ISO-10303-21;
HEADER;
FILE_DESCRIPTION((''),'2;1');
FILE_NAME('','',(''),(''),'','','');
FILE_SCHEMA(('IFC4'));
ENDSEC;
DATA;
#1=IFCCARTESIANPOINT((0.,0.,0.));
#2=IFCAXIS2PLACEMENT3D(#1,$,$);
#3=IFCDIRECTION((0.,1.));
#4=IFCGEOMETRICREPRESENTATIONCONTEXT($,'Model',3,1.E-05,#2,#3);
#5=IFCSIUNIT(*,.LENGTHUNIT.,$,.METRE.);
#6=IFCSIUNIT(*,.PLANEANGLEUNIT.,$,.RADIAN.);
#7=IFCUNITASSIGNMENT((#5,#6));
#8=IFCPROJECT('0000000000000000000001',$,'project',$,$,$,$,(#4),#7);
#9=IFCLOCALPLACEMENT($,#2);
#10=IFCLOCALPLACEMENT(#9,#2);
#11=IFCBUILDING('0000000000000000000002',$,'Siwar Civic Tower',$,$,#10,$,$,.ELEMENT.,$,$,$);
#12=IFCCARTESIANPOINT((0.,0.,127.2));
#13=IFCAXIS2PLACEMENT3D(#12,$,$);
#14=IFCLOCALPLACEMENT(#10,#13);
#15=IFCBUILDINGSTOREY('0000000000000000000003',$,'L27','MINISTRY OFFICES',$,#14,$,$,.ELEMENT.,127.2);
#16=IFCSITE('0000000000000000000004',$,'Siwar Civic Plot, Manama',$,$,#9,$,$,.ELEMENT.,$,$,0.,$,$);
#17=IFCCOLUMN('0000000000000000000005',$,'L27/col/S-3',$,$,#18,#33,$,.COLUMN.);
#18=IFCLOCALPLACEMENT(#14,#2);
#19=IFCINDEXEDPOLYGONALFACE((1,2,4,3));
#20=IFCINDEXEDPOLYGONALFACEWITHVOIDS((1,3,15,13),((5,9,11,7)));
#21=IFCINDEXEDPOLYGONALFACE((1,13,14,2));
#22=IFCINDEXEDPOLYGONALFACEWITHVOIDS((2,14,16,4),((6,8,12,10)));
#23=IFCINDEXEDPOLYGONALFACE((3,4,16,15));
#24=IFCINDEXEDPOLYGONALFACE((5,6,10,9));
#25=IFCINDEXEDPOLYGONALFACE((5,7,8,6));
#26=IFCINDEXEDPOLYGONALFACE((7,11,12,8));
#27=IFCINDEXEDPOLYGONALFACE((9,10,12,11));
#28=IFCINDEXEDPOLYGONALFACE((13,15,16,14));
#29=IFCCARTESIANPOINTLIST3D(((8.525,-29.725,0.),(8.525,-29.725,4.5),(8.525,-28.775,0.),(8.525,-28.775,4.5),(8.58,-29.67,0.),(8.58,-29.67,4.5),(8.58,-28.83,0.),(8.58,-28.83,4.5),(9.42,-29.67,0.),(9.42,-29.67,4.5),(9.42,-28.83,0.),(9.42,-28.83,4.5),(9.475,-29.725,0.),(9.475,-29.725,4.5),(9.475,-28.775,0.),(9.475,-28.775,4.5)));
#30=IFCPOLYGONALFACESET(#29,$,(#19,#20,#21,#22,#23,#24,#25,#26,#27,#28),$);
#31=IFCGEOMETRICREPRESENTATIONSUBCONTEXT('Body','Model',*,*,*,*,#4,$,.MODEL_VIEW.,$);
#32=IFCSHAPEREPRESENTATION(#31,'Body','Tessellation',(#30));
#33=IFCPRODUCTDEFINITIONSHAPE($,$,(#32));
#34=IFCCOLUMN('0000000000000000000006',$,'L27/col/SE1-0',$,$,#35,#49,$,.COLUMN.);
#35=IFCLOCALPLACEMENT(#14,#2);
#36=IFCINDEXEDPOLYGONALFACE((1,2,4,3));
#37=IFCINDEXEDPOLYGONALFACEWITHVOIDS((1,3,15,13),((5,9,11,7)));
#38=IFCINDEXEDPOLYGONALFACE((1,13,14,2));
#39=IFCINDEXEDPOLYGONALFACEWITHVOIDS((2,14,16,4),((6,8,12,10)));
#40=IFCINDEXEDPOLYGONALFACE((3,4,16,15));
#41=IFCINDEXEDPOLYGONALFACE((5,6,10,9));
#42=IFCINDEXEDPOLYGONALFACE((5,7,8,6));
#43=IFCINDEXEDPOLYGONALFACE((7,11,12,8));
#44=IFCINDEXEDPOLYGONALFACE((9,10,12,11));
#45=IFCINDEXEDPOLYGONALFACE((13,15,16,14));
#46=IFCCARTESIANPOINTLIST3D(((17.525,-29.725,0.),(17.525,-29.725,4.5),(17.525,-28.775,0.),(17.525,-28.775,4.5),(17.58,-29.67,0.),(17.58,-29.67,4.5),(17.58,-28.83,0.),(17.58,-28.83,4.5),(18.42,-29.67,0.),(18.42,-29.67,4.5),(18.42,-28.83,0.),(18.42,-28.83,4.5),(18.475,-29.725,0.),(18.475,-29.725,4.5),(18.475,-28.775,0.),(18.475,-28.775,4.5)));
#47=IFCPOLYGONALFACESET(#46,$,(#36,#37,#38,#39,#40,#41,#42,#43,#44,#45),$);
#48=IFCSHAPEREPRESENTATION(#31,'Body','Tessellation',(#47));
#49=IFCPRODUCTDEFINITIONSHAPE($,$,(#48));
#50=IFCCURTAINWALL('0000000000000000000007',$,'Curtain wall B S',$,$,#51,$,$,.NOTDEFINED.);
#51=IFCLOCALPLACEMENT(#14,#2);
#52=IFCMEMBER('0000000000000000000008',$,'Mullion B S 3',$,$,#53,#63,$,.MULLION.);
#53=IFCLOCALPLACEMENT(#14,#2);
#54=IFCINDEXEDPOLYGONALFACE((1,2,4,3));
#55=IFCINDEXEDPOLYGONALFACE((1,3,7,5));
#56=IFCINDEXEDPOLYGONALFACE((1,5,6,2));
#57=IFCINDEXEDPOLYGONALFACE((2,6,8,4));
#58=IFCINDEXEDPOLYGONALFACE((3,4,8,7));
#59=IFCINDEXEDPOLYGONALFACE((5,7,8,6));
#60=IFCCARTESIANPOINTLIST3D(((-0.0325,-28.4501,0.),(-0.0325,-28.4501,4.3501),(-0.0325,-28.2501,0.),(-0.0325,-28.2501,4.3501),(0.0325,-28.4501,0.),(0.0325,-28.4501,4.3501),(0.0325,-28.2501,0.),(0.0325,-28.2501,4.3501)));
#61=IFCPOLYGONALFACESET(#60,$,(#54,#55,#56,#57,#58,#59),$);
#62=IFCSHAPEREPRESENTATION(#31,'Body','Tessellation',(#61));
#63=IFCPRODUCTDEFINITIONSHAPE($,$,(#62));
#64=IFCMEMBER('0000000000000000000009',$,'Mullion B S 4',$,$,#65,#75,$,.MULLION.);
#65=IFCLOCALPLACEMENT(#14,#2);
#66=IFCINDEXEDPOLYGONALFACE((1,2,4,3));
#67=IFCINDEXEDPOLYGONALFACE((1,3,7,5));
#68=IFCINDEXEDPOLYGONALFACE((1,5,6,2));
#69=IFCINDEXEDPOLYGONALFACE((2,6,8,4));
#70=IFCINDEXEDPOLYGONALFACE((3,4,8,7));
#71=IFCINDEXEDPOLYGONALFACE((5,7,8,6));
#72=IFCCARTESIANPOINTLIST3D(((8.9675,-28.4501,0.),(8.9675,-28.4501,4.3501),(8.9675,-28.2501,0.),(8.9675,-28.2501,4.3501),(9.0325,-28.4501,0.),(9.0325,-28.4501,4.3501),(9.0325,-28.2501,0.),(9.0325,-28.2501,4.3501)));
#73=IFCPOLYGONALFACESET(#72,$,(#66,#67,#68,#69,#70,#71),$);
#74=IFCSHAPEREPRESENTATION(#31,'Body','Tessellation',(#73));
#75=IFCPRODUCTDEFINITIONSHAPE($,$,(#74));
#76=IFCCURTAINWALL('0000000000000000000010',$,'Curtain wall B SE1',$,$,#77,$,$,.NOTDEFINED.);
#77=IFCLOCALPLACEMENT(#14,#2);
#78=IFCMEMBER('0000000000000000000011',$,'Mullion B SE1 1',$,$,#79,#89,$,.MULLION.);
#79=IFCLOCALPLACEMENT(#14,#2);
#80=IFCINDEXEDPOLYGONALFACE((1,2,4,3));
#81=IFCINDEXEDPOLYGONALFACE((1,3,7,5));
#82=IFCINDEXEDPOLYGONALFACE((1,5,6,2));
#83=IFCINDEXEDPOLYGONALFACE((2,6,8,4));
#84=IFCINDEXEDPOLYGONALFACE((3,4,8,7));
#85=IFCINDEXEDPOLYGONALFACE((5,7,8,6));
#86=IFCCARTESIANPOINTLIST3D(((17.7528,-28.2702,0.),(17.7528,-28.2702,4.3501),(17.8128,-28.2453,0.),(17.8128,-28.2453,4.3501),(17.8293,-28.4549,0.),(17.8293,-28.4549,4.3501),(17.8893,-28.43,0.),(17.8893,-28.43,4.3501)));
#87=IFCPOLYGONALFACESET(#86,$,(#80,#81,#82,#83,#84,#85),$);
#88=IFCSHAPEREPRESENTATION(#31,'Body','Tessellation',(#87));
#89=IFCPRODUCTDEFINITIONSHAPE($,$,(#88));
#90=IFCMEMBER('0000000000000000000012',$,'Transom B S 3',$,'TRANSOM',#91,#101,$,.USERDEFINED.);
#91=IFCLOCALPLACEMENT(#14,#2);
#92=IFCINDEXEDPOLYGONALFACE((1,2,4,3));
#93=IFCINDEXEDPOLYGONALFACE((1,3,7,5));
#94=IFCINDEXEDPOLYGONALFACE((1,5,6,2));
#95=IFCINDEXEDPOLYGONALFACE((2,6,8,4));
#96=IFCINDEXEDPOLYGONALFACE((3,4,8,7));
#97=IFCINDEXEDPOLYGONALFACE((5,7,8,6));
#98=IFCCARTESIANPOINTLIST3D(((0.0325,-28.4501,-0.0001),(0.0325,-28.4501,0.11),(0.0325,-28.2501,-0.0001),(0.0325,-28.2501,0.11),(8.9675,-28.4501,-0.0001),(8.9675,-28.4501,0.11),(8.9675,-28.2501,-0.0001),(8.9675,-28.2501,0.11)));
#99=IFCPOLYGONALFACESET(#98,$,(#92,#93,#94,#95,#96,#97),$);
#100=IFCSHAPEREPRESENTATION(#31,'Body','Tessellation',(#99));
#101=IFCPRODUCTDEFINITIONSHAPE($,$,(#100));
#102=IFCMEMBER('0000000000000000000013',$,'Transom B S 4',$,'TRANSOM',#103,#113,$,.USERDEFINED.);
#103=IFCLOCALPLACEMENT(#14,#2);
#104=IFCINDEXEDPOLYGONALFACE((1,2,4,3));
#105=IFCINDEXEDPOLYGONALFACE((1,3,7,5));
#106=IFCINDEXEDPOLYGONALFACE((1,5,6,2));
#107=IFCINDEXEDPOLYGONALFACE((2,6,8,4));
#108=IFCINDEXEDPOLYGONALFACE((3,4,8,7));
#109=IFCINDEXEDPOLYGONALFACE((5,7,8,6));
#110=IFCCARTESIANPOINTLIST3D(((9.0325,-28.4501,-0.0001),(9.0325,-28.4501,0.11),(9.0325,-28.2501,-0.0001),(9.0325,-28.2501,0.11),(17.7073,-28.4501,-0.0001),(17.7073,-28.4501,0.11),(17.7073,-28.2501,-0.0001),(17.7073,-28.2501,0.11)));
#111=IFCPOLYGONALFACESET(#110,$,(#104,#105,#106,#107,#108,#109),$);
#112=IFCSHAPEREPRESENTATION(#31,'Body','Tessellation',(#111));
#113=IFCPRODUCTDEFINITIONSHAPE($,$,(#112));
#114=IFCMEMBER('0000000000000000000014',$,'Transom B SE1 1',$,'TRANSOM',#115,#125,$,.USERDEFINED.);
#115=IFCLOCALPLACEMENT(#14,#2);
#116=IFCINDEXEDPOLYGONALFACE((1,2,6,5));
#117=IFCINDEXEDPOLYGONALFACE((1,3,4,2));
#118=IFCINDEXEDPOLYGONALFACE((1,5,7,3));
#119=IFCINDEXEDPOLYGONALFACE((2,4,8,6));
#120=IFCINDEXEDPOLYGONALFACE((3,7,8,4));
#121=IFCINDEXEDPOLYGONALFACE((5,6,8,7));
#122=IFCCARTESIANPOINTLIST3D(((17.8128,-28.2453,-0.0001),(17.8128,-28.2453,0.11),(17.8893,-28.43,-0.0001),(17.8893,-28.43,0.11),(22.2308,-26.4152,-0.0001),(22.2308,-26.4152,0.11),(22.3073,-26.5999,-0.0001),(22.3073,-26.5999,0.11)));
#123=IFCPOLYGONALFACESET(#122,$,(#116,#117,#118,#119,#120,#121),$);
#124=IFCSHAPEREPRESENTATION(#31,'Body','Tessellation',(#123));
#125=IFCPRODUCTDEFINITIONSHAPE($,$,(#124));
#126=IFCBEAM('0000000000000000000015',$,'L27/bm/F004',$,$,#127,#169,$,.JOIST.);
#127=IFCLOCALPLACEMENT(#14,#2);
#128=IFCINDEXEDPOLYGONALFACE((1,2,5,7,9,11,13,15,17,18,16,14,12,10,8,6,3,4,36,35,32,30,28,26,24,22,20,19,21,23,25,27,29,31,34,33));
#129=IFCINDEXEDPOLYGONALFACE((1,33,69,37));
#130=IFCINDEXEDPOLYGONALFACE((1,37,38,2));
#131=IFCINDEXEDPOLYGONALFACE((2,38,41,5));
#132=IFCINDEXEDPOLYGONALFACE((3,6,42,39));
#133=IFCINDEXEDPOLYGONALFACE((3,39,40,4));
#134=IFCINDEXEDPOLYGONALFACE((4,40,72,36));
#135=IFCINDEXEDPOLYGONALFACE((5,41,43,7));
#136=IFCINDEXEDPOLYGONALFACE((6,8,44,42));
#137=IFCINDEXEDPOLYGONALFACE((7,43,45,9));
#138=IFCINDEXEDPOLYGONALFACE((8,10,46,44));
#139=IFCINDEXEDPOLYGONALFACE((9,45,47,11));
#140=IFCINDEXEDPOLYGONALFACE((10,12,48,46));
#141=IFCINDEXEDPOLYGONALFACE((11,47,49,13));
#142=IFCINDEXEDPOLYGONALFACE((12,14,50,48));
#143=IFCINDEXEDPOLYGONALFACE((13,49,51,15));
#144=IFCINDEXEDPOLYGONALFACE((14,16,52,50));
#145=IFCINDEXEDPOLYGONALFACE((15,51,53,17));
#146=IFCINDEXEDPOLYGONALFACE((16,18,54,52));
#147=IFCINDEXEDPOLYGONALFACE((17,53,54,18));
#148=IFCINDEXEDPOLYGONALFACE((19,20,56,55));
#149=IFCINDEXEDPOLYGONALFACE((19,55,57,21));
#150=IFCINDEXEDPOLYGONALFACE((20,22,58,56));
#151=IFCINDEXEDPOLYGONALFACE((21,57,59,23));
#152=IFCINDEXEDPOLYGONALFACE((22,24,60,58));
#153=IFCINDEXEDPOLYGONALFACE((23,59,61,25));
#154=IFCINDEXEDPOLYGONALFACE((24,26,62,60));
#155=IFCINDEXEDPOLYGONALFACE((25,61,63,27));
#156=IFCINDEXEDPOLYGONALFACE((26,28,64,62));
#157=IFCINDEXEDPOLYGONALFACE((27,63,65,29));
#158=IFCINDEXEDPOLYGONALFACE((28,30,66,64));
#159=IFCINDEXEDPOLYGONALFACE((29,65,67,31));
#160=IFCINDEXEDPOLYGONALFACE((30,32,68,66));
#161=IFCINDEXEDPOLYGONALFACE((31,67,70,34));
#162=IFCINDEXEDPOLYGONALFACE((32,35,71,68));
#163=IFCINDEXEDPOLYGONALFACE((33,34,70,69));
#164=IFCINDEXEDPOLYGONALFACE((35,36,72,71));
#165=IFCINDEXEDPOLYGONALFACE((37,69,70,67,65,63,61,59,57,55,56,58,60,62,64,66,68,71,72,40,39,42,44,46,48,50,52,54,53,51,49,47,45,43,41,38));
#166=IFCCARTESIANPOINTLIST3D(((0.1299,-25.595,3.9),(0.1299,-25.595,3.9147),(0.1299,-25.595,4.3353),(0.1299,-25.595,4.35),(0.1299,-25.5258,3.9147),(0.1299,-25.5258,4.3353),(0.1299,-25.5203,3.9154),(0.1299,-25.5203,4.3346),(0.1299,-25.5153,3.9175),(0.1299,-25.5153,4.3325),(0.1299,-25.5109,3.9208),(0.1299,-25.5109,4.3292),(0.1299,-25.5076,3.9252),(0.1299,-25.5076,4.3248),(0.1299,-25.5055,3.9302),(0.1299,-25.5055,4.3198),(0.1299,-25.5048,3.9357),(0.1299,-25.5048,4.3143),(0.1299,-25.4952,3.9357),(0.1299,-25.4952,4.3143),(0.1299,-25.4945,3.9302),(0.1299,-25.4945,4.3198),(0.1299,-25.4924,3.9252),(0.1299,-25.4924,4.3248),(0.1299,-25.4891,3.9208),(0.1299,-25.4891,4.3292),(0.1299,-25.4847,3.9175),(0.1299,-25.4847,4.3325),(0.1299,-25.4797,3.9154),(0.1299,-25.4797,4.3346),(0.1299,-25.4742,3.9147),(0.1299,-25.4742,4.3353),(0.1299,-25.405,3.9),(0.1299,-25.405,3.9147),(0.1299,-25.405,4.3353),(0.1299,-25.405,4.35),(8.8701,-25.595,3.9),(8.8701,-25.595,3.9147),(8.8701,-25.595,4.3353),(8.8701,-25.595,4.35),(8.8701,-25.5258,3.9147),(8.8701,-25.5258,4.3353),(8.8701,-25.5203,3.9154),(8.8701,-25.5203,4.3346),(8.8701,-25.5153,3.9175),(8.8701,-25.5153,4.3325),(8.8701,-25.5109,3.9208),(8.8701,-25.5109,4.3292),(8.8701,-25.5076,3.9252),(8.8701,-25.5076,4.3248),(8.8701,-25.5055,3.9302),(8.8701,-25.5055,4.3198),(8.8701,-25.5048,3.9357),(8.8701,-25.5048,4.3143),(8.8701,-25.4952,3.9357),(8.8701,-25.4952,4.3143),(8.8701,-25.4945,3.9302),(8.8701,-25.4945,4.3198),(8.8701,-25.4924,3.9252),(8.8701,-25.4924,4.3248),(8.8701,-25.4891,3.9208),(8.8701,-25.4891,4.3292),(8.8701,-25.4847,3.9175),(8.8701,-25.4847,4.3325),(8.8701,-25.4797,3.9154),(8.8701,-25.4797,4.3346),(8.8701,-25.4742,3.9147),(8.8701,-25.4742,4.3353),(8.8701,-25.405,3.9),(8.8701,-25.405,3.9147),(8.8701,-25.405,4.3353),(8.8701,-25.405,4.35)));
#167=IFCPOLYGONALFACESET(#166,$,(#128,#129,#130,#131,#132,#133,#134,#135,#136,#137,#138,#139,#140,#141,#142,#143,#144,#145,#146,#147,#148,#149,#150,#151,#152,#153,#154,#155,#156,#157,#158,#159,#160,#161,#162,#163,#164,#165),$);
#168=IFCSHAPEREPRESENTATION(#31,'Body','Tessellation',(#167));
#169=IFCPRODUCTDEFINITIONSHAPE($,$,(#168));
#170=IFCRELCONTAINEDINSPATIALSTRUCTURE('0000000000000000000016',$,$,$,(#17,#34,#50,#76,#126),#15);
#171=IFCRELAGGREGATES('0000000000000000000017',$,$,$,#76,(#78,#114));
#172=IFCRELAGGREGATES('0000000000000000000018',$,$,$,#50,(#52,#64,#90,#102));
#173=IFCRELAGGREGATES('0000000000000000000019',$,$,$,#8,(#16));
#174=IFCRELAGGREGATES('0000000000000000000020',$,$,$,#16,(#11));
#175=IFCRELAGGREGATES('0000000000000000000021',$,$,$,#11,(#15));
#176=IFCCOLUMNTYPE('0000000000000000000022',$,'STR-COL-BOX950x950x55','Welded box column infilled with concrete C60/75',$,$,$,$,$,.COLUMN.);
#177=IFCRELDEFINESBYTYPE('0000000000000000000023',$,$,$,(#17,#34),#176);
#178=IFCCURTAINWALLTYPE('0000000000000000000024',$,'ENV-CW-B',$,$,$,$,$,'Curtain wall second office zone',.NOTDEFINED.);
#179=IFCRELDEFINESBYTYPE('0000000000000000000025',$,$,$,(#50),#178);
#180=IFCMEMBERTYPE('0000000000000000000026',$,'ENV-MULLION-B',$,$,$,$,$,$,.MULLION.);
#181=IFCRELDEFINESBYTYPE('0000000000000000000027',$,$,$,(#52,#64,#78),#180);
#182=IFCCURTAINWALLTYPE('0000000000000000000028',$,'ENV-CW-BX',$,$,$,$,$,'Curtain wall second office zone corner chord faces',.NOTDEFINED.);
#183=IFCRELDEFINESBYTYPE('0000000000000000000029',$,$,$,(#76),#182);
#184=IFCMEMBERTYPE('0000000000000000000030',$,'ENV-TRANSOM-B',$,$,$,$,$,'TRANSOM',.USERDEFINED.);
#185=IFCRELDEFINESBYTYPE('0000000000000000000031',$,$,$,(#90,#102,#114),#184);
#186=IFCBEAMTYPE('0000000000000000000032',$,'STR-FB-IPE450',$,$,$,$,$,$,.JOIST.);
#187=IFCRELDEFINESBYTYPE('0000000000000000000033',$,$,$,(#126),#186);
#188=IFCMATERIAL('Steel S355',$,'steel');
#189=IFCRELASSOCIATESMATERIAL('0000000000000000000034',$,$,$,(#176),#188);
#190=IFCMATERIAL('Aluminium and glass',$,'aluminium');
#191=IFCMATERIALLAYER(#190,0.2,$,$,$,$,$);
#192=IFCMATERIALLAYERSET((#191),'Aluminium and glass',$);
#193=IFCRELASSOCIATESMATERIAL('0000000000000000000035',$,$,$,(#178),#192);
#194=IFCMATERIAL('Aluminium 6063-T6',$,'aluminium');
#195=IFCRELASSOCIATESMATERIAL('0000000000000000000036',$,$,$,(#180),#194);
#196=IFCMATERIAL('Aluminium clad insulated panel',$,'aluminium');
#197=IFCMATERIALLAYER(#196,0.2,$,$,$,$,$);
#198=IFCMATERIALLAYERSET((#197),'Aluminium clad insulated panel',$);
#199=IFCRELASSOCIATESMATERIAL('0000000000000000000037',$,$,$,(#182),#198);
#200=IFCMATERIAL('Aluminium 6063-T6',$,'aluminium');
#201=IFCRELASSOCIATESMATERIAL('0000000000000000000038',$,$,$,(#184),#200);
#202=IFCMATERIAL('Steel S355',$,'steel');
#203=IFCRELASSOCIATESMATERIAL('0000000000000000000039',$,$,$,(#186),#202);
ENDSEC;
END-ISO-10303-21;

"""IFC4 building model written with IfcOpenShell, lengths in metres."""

from ifc_helpers import new_model, si_unit, direction, frame, origin, origin_2d, place, context, subcontext, project, spatial, rectangle, hollow_rectangle, i_section, extrude, material, layer, layer_set, material_profile, profile_set, type_object, element, aggregate, save


model = new_model("IFC4")

# Units and contexts
model_context = context("Model", 3, precision=1e-05, world=origin(), true_north=direction((0.0, 1.0)))
body_context = subcontext(model_context, "Body", "Model", "MODEL_VIEW")
ifc_project = project(units=[si_unit("LENGTHUNIT", "METRE"), si_unit("PLANEANGLEUNIT", "RADIAN")], contexts=[model_context])

# Site, building, storey
site_placement = place(None, origin())
site = spatial("IfcSite", under=ifc_project, at=site_placement, Name="Siwar Civic Plot, Manama", CompositionType="ELEMENT", RefElevation=0.0)
building_placement = place(site_placement, origin())
building = spatial("IfcBuilding", under=site, at=building_placement, Name="Siwar Civic Tower", CompositionType="ELEMENT")
storey_placement = place(building_placement, frame((0.0, 0.0, 127.2)))
storey = spatial("IfcBuildingStorey", under=building, at=storey_placement, Name="L27", Description="MINISTRY OFFICES", CompositionType="ELEMENT", Elevation=127.2)

# Columns
ifc_material_1 = material(Name="Steel S355", Category="steel")
ifc_material_profile_1 = material_profile(ifc_material_1, hollow_rectangle(XDim=0.95, YDim=0.95, WallThickness=0.0549, at=origin_2d()), Name="BOX950x950x55")
ifc_profile_set_1 = profile_set([ifc_material_profile_1], Name="Steel S355")
column_type = type_object("IfcColumnType", Name="STR-COL-BOX950x950x55", Description="Welded box column infilled with concrete C60/75", PredefinedType="COLUMN", material=ifc_profile_set_1)
for number, where, z_axis, x_axis, name in (
    (1, (9.0, -29.25, 0.0), (0.0, 0.0, 1.0), (1.0, 0.0, 0.0), "L27/col/S-3"),
    (2, (18.0, -29.25, 0.0), (0.0, 0.0, 1.0), (1.0, 0.0, 0.0), "L27/col/SE1-0"),
):
    element("IfcColumn", number, at=place(storey_placement, frame(where, z_axis=z_axis, x_axis=x_axis)), inside=storey, type_object=column_type, Name=name, PredefinedType="COLUMN", context=body_context, shape_type="SweptSolid", body=[
        extrude(hollow_rectangle(XDim=0.95, YDim=0.95, WallThickness=0.0549, at=origin_2d()), origin(), (0.0, 0.0, 1.0), 4.5),
    ])

# Curtain wall, members
ifc_material_2 = material(Name="Aluminium and glass", Category="aluminium")
ifc_layer_1 = layer(ifc_material_2, 0.2)
ifc_layer_set_1 = layer_set([ifc_layer_1], Name="Aluminium and glass")
curtain_wall_type_1 = type_object("IfcCurtainWallType", Name="ENV-CW-B", ElementType="Curtain wall second office zone", PredefinedType="NOTDEFINED", material=ifc_layer_set_1)
curtain_wall_1_placement = place(storey_placement, origin())
curtain_wall_1 = element("IfcCurtainWall", 3, at=curtain_wall_1_placement, inside=storey, type_object=curtain_wall_type_1, Name="Curtain wall B S", PredefinedType="NOTDEFINED")
ifc_material_3 = material(Name="Aluminium 6063-T6", Category="aluminium")
ifc_material_profile_2 = material_profile(ifc_material_3, rectangle(XDim=0.2, YDim=0.0649, at=origin_2d()), Name="AL 200x65")
ifc_profile_set_2 = profile_set([ifc_material_profile_2], Name="Aluminium 6063-T6")
member_type_1 = type_object("IfcMemberType", Name="ENV-MULLION-B", PredefinedType="MULLION", material=ifc_profile_set_2)
member_1_placement = place(storey_placement, frame((0.0, -28.3501, 0.0), z_axis=(0.0, 0.0, 1.0), x_axis=(0.0, 1.0, 0.0)))
member_1 = element("IfcMember", 4, at=member_1_placement, type_object=member_type_1, Name="Mullion B S 3", PredefinedType="MULLION", context=body_context, shape_type="SweptSolid", body=[
    extrude(rectangle(XDim=0.2, YDim=0.0649, at=origin_2d()), origin(), (0.0, 0.0, 1.0), 4.3501),
])
member_2_placement = place(storey_placement, frame((9.0, -28.3501, 0.0), z_axis=(0.0, 0.0, 1.0), x_axis=(0.0, 1.0, 0.0)))
member_2 = element("IfcMember", 5, at=member_2_placement, type_object=member_type_1, Name="Mullion B S 4", PredefinedType="MULLION", context=body_context, shape_type="SweptSolid", body=[
    extrude(rectangle(XDim=0.2, YDim=0.0649, at=origin_2d()), origin(), (0.0, 0.0, 1.0), 4.3501),
])

# Curtain wall, member
ifc_material_4 = material(Name="Aluminium clad insulated panel", Category="aluminium")
ifc_layer_2 = layer(ifc_material_4, 0.2)
ifc_layer_set_2 = layer_set([ifc_layer_2], Name="Aluminium clad insulated panel")
curtain_wall_type_2 = type_object("IfcCurtainWallType", Name="ENV-CW-BX", ElementType="Curtain wall second office zone corner chord faces", PredefinedType="NOTDEFINED", material=ifc_layer_set_2)
curtain_wall_2_placement = place(storey_placement, origin())
curtain_wall_2 = element("IfcCurtainWall", 6, at=curtain_wall_2_placement, inside=storey, type_object=curtain_wall_type_2, Name="Curtain wall B SE1", PredefinedType="NOTDEFINED")
member_3_placement = place(storey_placement, frame((17.821, -28.3501, 0.0), z_axis=(0.0, 0.0, 1.0), x_axis=(-0.382683, 0.92388, 0.0)))
member_3 = element("IfcMember", 7, at=member_3_placement, type_object=member_type_1, Name="Mullion B SE1 1", PredefinedType="MULLION", context=body_context, shape_type="SweptSolid", body=[
    extrude(rectangle(XDim=0.2, YDim=0.0649, at=origin_2d()), origin(), (0.0, 0.0, 1.0), 4.3501),
])

# Members
ifc_material_5 = material(Name="Aluminium 6063-T6", Category="aluminium")
ifc_material_profile_3 = material_profile(ifc_material_5, rectangle(XDim=0.2, YDim=0.1101, at=origin_2d()), Name="AL 200x110")
ifc_profile_set_3 = profile_set([ifc_material_profile_3], Name="Aluminium 6063-T6")
member_type_2 = type_object("IfcMemberType", Name="ENV-TRANSOM-B", ElementType="TRANSOM", PredefinedType="USERDEFINED", material=ifc_profile_set_3)
member_4_placement = place(storey_placement, frame((0.0325, -28.3501, 0.0549), z_axis=(1.0, 0.0, 0.0), x_axis=(0.0, 1.0, 0.0)))
member_4 = element("IfcMember", 8, at=member_4_placement, type_object=member_type_2, Name="Transom B S 3", ObjectType="TRANSOM", PredefinedType="USERDEFINED", context=body_context, shape_type="SweptSolid", body=[
    extrude(rectangle(XDim=0.2, YDim=0.1101, at=origin_2d()), origin(), (0.0, 0.0, 1.0), 8.9351),
])
member_5_placement = place(storey_placement, frame((9.0325, -28.3501, 0.0549), z_axis=(1.0, 0.0, 0.0), x_axis=(0.0, 1.0, 0.0)))
member_5 = element("IfcMember", 9, at=member_5_placement, type_object=member_type_2, Name="Transom B S 4", ObjectType="TRANSOM", PredefinedType="USERDEFINED", context=body_context, shape_type="SweptSolid", body=[
    extrude(rectangle(XDim=0.2, YDim=0.1101, at=origin_2d()), origin(), (0.0, 0.0, 1.0), 8.6748),
])
member_6_placement = place(storey_placement, frame((17.8511, -28.3376, 0.0549), z_axis=(0.923872, 0.3827, 0.0), x_axis=(-0.3827, 0.923872, 0.0)))
member_6 = element("IfcMember", 10, at=member_6_placement, type_object=member_type_2, Name="Transom B SE1 1", ObjectType="TRANSOM", PredefinedType="USERDEFINED", context=body_context, shape_type="SweptSolid", body=[
    extrude(rectangle(XDim=0.2, YDim=0.1101, at=origin_2d()), origin(), (0.0, 0.0, 1.0), 4.782),
])
aggregate(curtain_wall_2, [member_3, member_6])

# Beam
ifc_material_6 = material(Name="Steel S355", Category="steel")
ifc_material_profile_4 = material_profile(ifc_material_6, i_section(OverallWidth=0.1899, OverallDepth=0.45, WebThickness=0.0095, FlangeThickness=0.0146, FilletRadius=0.021, at=origin_2d()), Name="IPE450")
ifc_profile_set_4 = profile_set([ifc_material_profile_4], Name="Steel S355")
beam_type_1 = type_object("IfcBeamType", Name="STR-FB-IPE450", PredefinedType="JOIST", material=ifc_profile_set_4)
for number, where, z_axis, x_axis, name in (
    (11, (0.1299, -25.5, 4.125), (1.0, 0.0, 0.0), (0.0, 1.0, 0.0), "L27/bm/F004"),
):
    element("IfcBeam", number, at=place(storey_placement, frame(where, z_axis=z_axis, x_axis=x_axis)), inside=storey, type_object=beam_type_1, Name=name, PredefinedType="JOIST", context=body_context, shape_type="SweptSolid", body=[
        extrude(i_section(OverallWidth=0.1899, OverallDepth=0.45, WebThickness=0.0095, FlangeThickness=0.0146, FilletRadius=0.021, at=origin_2d()), origin(), (0.0, 0.0, 1.0), 8.7402),
    ])

aggregate(curtain_wall_1, [member_1, member_2, member_4, member_5])

save(model, "model.ifc")
